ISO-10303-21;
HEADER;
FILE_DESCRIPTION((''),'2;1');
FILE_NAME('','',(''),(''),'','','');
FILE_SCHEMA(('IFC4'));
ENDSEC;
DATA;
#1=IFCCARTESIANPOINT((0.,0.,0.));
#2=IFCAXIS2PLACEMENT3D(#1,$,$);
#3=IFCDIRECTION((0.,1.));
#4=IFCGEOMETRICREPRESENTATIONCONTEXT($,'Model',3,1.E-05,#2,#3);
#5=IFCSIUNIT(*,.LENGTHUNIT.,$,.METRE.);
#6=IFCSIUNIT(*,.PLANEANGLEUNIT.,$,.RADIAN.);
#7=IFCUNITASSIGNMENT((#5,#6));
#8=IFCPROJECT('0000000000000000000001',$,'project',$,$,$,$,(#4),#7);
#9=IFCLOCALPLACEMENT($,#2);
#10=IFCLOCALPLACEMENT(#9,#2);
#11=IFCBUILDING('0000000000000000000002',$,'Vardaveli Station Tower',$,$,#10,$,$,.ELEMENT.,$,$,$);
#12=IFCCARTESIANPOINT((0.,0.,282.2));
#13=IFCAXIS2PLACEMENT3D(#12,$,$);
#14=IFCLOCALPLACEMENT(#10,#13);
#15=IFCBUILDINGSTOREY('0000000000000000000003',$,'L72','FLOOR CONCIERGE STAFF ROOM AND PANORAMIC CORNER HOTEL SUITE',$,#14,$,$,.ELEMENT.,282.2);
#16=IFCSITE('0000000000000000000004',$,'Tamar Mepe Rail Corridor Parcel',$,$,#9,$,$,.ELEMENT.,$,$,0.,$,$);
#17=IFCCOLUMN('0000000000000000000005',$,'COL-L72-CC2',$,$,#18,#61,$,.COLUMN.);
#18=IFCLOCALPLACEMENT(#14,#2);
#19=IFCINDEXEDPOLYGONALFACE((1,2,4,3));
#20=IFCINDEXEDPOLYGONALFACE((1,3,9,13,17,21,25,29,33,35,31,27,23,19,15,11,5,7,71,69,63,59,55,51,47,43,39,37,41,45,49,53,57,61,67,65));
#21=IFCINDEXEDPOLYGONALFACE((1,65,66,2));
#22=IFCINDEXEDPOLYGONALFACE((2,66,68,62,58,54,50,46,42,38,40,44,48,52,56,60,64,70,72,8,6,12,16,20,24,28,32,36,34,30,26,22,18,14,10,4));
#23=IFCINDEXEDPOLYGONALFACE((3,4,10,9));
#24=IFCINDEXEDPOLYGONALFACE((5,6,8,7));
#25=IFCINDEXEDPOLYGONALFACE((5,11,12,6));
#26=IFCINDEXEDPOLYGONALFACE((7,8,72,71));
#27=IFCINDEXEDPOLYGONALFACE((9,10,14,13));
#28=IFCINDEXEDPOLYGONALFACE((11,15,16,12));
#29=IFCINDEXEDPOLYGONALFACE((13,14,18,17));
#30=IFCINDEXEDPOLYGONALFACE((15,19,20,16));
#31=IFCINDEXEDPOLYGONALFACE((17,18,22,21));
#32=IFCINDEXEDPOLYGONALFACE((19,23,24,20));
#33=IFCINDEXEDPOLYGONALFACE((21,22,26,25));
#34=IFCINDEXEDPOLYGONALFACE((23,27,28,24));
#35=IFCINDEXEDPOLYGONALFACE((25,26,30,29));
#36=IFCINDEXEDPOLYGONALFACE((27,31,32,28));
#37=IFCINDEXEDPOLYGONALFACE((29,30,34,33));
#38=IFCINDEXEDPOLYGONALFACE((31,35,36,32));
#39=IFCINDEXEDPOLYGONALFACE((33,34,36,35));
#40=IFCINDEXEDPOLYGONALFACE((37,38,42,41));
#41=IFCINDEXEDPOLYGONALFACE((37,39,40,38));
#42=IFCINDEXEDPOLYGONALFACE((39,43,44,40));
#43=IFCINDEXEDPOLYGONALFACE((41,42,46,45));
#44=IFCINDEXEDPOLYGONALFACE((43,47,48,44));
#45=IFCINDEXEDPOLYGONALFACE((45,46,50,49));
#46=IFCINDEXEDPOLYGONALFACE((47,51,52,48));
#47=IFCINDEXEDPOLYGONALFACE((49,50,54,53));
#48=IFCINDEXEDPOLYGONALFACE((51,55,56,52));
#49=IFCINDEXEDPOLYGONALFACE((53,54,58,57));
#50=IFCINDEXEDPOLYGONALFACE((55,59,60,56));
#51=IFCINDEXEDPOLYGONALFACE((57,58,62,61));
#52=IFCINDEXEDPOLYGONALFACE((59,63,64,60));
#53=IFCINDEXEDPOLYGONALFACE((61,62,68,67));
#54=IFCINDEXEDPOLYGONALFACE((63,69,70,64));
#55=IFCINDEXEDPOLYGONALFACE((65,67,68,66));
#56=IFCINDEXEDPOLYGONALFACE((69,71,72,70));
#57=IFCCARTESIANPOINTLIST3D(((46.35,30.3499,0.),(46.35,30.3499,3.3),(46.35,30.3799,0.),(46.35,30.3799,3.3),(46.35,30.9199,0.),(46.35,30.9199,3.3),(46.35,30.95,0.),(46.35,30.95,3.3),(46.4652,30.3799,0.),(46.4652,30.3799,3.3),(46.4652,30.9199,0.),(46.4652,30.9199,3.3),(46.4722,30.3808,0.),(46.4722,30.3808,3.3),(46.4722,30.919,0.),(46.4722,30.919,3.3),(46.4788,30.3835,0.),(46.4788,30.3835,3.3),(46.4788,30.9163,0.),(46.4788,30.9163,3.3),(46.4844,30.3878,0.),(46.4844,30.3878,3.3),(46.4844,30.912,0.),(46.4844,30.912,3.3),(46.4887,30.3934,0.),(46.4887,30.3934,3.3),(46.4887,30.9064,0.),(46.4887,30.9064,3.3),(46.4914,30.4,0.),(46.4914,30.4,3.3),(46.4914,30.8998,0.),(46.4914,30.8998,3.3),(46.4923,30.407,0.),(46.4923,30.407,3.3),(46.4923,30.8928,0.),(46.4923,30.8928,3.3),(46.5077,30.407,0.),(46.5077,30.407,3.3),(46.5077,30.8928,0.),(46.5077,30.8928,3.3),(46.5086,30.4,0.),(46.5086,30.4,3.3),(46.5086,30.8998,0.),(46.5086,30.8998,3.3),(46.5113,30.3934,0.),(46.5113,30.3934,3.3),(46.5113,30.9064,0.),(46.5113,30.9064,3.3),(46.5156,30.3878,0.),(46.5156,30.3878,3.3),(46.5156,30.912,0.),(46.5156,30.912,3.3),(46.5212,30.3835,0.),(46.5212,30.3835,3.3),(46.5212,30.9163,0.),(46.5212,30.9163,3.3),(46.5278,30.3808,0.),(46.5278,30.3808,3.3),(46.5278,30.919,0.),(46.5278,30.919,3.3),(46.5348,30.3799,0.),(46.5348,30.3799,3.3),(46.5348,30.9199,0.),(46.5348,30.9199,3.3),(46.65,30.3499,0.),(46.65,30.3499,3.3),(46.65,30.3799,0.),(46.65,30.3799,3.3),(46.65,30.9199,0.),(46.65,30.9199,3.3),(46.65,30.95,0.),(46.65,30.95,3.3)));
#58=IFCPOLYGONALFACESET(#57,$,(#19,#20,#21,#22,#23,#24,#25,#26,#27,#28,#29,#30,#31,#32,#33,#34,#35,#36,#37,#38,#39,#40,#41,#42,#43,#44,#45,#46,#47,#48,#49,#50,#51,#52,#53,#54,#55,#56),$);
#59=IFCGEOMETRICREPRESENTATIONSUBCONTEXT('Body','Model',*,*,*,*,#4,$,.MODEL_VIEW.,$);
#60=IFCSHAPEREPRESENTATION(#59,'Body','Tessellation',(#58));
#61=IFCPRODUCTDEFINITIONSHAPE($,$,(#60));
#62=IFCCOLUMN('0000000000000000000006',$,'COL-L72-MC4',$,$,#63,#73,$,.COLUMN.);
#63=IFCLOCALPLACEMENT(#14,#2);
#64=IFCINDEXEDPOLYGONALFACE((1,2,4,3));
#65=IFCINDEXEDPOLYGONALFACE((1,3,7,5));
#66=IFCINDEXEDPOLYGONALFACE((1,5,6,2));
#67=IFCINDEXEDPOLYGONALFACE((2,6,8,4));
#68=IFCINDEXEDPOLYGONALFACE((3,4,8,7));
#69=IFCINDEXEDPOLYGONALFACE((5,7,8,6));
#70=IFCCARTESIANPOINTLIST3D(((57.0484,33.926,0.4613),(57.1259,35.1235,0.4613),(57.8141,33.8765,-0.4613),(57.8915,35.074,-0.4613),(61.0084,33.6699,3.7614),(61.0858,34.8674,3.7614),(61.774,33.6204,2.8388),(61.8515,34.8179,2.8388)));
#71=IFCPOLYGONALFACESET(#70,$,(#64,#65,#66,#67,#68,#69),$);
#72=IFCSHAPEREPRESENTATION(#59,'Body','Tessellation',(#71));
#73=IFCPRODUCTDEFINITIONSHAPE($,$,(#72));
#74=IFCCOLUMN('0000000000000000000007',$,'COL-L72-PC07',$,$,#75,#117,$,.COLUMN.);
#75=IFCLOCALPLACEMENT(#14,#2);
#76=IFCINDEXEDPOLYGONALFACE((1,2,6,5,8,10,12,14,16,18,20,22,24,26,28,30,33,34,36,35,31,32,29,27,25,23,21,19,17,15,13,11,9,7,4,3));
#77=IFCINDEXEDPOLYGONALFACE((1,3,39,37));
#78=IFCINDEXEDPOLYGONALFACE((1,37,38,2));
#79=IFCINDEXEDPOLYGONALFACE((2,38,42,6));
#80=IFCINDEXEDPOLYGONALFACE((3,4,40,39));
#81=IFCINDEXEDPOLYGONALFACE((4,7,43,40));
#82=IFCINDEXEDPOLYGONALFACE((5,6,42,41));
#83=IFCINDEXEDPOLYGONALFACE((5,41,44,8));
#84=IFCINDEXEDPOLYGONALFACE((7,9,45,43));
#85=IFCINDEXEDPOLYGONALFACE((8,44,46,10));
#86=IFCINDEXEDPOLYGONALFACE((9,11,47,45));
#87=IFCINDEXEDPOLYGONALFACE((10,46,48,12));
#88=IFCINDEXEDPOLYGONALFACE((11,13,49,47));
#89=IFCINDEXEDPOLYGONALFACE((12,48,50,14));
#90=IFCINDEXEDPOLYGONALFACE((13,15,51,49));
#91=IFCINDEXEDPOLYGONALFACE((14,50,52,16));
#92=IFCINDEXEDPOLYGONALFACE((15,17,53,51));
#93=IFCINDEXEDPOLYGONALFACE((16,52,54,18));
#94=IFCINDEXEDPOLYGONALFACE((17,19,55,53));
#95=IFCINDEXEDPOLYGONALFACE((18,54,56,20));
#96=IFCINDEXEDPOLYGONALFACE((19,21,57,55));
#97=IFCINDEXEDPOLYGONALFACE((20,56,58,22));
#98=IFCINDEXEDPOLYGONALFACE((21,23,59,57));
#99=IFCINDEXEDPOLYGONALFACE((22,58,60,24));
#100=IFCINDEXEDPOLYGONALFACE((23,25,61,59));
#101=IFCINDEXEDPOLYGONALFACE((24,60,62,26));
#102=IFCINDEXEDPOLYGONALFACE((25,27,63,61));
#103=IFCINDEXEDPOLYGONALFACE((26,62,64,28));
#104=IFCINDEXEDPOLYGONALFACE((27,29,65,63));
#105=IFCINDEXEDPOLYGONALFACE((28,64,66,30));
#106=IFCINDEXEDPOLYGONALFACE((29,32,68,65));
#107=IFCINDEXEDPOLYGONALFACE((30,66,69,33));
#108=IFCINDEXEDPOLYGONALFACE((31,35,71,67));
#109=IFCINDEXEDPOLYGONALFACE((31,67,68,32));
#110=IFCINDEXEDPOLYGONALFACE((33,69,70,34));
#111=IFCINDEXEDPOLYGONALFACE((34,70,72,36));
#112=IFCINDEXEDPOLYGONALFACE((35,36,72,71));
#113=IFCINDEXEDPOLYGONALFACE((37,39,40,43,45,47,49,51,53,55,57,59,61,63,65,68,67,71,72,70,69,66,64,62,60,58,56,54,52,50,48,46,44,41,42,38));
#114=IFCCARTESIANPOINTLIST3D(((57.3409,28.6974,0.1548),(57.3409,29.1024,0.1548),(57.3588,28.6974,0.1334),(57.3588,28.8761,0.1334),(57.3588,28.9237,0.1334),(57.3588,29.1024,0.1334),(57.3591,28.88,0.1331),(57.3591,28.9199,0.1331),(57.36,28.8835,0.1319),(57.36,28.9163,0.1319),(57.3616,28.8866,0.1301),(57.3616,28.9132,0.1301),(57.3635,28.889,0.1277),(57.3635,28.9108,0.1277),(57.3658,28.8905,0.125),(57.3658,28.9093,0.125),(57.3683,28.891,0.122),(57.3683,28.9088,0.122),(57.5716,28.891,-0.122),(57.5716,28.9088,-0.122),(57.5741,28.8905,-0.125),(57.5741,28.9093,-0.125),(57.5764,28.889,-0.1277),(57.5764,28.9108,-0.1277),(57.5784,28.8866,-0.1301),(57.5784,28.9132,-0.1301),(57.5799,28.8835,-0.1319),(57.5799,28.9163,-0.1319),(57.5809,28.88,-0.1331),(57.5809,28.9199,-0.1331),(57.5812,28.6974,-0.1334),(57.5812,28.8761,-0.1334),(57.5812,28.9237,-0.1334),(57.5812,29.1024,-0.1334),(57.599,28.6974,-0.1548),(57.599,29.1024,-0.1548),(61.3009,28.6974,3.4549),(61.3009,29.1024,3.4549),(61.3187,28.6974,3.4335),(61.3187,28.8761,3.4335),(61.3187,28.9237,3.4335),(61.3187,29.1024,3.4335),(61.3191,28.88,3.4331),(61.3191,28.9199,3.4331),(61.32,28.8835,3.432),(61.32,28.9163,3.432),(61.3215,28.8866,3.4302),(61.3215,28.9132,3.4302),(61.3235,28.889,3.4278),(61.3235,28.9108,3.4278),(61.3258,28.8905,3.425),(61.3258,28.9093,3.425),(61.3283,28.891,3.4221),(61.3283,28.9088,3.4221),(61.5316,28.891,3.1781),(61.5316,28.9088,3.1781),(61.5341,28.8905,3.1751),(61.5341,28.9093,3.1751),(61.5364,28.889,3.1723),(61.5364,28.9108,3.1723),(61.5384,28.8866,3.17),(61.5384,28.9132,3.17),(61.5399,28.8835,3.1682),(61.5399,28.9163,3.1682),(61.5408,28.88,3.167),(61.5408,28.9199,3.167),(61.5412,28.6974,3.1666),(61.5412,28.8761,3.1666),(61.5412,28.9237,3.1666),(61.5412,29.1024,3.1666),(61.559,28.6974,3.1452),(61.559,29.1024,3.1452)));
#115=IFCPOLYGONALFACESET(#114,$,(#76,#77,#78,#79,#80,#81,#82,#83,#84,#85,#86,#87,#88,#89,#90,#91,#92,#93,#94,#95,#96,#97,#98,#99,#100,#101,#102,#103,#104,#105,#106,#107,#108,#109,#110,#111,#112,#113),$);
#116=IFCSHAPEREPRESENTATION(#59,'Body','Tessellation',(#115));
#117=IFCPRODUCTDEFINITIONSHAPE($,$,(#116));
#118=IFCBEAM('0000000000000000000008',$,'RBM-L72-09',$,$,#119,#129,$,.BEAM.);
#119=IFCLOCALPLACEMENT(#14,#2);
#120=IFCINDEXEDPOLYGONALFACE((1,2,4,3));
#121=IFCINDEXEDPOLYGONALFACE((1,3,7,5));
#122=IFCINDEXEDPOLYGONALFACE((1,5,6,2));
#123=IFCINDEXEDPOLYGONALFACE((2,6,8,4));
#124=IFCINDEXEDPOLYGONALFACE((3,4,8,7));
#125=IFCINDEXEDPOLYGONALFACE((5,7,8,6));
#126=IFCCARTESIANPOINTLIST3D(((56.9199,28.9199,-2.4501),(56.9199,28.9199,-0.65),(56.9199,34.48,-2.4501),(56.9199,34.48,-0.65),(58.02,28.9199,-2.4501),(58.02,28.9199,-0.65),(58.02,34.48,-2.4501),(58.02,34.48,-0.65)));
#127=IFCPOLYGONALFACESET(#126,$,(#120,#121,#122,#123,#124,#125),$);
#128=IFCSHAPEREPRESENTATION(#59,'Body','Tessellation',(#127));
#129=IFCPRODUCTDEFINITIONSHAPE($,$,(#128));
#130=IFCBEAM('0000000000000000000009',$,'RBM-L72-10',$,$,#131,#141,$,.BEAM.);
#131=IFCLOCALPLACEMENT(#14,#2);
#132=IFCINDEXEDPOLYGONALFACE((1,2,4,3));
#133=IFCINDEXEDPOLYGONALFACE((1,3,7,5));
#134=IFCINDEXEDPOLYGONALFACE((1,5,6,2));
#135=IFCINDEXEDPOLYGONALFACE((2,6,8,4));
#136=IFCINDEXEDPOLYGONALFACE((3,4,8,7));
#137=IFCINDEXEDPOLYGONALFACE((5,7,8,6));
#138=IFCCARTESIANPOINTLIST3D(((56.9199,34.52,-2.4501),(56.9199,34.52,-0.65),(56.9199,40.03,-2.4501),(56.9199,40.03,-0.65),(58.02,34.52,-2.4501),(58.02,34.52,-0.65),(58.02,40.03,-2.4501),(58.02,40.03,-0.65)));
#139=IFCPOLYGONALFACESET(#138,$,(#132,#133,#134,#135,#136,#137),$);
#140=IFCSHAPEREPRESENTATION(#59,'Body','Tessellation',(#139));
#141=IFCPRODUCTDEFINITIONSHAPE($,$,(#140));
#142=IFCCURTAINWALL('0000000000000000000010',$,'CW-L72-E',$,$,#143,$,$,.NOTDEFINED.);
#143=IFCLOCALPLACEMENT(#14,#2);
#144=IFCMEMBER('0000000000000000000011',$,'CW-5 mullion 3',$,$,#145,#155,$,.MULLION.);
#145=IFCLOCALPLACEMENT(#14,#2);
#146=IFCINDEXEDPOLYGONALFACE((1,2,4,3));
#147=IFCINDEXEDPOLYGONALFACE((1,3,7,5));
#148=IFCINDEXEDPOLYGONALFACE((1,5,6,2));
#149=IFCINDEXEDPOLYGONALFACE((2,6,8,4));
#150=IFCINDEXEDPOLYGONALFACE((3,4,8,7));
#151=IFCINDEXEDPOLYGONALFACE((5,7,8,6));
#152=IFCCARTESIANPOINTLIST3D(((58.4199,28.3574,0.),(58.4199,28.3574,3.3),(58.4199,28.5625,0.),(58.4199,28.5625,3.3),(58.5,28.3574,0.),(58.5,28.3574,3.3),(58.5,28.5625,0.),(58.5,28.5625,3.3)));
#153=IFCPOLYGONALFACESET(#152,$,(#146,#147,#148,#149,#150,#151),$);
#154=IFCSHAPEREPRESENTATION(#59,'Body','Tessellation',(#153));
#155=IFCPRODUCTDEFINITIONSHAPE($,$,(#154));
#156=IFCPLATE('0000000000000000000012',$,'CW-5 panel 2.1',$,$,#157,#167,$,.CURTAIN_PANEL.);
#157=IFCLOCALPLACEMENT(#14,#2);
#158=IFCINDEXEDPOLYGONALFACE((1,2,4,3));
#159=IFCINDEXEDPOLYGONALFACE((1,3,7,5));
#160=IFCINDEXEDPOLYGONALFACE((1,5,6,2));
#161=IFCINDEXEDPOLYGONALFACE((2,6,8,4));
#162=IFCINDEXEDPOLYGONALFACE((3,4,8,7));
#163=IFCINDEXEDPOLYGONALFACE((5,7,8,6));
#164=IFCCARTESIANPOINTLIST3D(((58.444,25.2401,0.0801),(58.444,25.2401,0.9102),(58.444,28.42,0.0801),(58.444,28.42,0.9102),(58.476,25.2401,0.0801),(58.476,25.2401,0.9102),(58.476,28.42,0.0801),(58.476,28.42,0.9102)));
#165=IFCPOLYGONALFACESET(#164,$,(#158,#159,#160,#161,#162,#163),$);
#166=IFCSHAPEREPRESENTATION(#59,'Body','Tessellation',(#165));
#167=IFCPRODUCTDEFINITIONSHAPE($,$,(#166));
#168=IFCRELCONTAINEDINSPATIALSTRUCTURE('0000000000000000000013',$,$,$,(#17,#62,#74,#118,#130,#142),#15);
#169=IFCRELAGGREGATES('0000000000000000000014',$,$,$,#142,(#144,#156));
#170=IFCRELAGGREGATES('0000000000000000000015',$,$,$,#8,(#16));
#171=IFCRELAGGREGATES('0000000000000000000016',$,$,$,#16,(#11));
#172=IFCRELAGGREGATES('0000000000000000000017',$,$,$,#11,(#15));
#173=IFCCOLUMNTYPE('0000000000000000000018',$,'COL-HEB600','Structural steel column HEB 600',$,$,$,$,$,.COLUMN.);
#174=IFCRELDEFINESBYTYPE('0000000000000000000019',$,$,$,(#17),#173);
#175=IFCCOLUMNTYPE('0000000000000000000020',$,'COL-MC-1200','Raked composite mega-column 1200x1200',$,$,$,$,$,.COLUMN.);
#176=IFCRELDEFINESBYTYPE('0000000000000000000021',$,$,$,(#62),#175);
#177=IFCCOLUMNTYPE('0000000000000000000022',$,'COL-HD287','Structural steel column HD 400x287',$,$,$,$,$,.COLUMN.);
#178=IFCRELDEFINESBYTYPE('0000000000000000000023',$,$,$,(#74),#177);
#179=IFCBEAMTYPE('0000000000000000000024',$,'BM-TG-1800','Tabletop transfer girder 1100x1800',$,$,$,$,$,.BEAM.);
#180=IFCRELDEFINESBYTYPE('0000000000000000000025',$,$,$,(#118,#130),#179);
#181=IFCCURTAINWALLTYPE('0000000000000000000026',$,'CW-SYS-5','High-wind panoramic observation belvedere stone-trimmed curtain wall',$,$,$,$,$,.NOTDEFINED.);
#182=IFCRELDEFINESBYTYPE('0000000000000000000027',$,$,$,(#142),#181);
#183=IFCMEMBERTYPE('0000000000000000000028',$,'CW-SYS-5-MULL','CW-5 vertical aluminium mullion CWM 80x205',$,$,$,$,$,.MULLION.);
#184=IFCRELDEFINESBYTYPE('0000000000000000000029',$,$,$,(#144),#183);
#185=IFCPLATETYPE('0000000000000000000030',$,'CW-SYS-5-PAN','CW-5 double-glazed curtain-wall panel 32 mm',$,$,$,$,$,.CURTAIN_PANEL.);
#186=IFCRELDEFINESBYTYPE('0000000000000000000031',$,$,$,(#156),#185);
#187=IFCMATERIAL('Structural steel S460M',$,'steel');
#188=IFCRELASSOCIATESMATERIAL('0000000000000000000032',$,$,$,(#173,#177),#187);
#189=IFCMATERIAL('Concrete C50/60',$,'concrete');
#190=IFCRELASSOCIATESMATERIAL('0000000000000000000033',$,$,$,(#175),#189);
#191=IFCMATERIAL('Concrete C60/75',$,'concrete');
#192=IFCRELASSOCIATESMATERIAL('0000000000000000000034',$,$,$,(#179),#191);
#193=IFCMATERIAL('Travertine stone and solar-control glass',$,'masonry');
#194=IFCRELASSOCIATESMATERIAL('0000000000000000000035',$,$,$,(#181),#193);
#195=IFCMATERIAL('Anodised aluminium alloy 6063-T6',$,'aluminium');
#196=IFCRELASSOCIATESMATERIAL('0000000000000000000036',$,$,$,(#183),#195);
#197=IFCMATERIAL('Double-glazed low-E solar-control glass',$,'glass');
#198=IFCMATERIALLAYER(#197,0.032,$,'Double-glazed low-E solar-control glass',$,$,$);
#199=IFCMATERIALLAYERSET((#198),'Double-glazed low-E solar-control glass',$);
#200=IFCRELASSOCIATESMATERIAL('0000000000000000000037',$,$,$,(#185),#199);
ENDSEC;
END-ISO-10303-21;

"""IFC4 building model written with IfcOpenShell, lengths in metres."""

from ifc_helpers import new_model, si_unit, direction, frame, origin, origin_2d, place, context, subcontext, project, spatial, rectangle, i_section, extrude, source, transform, mapped, material, layer, layer_set, material_profile, profile_set, type_object, element, aggregate, save


model = new_model("IFC4")

# Units and contexts
model_context = context("Model", 3, precision=1e-05, world=origin(), true_north=direction((0.0, 1.0)))
body_context = subcontext(model_context, "Body", "Model", "MODEL_VIEW")
ifc_project = project(units=[si_unit("LENGTHUNIT", "METRE"), si_unit("PLANEANGLEUNIT", "RADIAN")], contexts=[model_context])

# Site, building, storey
site_placement = place(None, origin())
site = spatial("IfcSite", under=ifc_project, at=site_placement, Name="Tamar Mepe Rail Corridor Parcel", CompositionType="ELEMENT", RefElevation=0.0)
building_placement = place(site_placement, origin())
building = spatial("IfcBuilding", under=site, at=building_placement, Name="Vardaveli Station Tower", CompositionType="ELEMENT")
storey_placement = place(building_placement, frame((0.0, 0.0, 282.2)))
storey = spatial("IfcBuildingStorey", under=building, at=storey_placement, Name="L72", Description="FLOOR CONCIERGE STAFF ROOM AND PANORAMIC CORNER HOTEL SUITE", CompositionType="ELEMENT", Elevation=282.2)

# Columns
ifc_material_1 = material(Name="Structural steel S460M", Category="steel")
ifc_material_profile_1 = material_profile(ifc_material_1, i_section(OverallWidth=0.3, OverallDepth=0.6001, WebThickness=0.0154, FlangeThickness=0.03, FilletRadius=0.0271, at=origin_2d()), Name="HEB 600")
ifc_profile_set_1 = profile_set([ifc_material_profile_1], Name="Structural steel S460M")
column_type_1 = type_object("IfcColumnType", Name="COL-HEB600", Description="Structural steel column HEB 600", PredefinedType="COLUMN", material=ifc_profile_set_1)
shared_shape_1 = source(origin(), body_context, "Body", "SweptSolid", [
    extrude(i_section(OverallWidth=0.3, OverallDepth=0.6001, WebThickness=0.0154, FlangeThickness=0.03, FilletRadius=0.0271, at=origin_2d()), origin(), (0.0, 0.0, 1.0), 3.3),
])
column_1_placement = place(storey_placement, frame((46.5, 30.6499, 0.0), z_axis=(0.0, 0.0, 1.0), x_axis=(1.0, 0.0, 0.0)))
element("IfcColumn", 1, at=column_1_placement, inside=storey, type_object=column_type_1, Name="COL-L72-CC2", PredefinedType="COLUMN", context=body_context, shape_type="MappedRepresentation", body=[
    mapped(shared_shape_1, transform((0.0, 0.0, 0.0), scale=1.0)),
])
ifc_material_2 = material(Name="Concrete C50/60", Category="concrete")
ifc_material_profile_2 = material_profile(ifc_material_2, rectangle(XDim=1.2, YDim=1.2, at=origin_2d()), Name="MC 1200x1200")
ifc_profile_set_2 = profile_set([ifc_material_profile_2], Name="Concrete C50/60")
column_type_2 = type_object("IfcColumnType", Name="COL-MC-1200", Description="Raked composite mega-column 1200x1200", PredefinedType="COLUMN", material=ifc_profile_set_2)
shared_shape_2 = source(origin(), body_context, "Body", "SweptSolid", [
    extrude(rectangle(XDim=1.2, YDim=1.2, at=origin_2d()), origin(), (0.0, 0.0, 1.0), 5.1611),
])
column_2_placement = place(storey_placement, frame((57.47, 34.5, 0.0), z_axis=(0.767267, -0.049622, 0.639405), x_axis=(0.064538, 0.997915, 0.0)))
element("IfcColumn", 2, at=column_2_placement, inside=storey, type_object=column_type_2, Name="COL-L72-MC4", PredefinedType="COLUMN", context=body_context, shape_type="MappedRepresentation", body=[
    mapped(shared_shape_2, transform((0.0, 0.0, 0.0), scale=1.0)),
])
ifc_material_profile_3 = material_profile(ifc_material_1, i_section(OverallWidth=0.405, OverallDepth=0.4031, WebThickness=0.0178, FlangeThickness=0.0278, FilletRadius=0.0149, at=origin_2d()), Name="HD 400x287")
ifc_profile_set_3 = profile_set([ifc_material_profile_3], Name="Structural steel S460M")
column_type_3 = type_object("IfcColumnType", Name="COL-HD287", Description="Structural steel column HD 400x287", PredefinedType="COLUMN", material=ifc_profile_set_3)
shared_shape_3 = source(origin(), body_context, "Body", "SweptSolid", [
    extrude(i_section(OverallWidth=0.405, OverallDepth=0.4031, WebThickness=0.0178, FlangeThickness=0.0278, FilletRadius=0.0149, at=origin_2d()), origin(), (0.0, 0.0, 1.0), 5.1548),
])
column_3_placement = place(storey_placement, frame((57.47, 28.8999, 0.0), z_axis=(0.768214, 0.0, 0.640194), x_axis=(0.0, 1.0, 0.0)))
element("IfcColumn", 3, at=column_3_placement, inside=storey, type_object=column_type_3, Name="COL-L72-PC07", PredefinedType="COLUMN", context=body_context, shape_type="MappedRepresentation", body=[
    mapped(shared_shape_3, transform((0.0, 0.0, 0.0), scale=1.0)),
])

# Beams
ifc_material_3 = material(Name="Concrete C60/75", Category="concrete")
ifc_material_profile_4 = material_profile(ifc_material_3, rectangle(XDim=1.1001, YDim=1.8, at=origin_2d()), Name="TG 1100x1800")
ifc_profile_set_4 = profile_set([ifc_material_profile_4], Name="Concrete C60/75")
beam_type = type_object("IfcBeamType", Name="BM-TG-1800", Description="Tabletop transfer girder 1100x1800", PredefinedType="BEAM", material=ifc_profile_set_4)
shared_shape_4 = source(origin(), body_context, "Body", "SweptSolid", [
    extrude(rectangle(XDim=1.1001, YDim=1.8, at=origin_2d()), origin(), (0.0, 0.0, 1.0), 5.5601),
])
beam_1_placement = place(storey_placement, frame((57.47, 28.9199, -1.55), z_axis=(0.0, 1.0, 0.0), x_axis=(-1.0, 0.0, 0.0)))
element("IfcBeam", 4, at=beam_1_placement, inside=storey, type_object=beam_type, Name="RBM-L72-09", PredefinedType="BEAM", context=body_context, shape_type="MappedRepresentation", body=[
    mapped(shared_shape_4, transform((0.0, 0.0, 0.0), scale=1.0)),
])
shared_shape_5 = source(origin(), body_context, "Body", "SweptSolid", [
    extrude(rectangle(XDim=1.1001, YDim=1.8, at=origin_2d()), origin(), (0.0, 0.0, 1.0), 5.51),
])
beam_2_placement = place(storey_placement, frame((57.47, 34.52, -1.55), z_axis=(0.0, 1.0, 0.0), x_axis=(-1.0, 0.0, 0.0)))
element("IfcBeam", 5, at=beam_2_placement, inside=storey, type_object=beam_type, Name="RBM-L72-10", PredefinedType="BEAM", context=body_context, shape_type="MappedRepresentation", body=[
    mapped(shared_shape_5, transform((0.0, 0.0, 0.0), scale=1.0)),
])

# Curtain wall, member, plate
ifc_material_4 = material(Name="Travertine stone and solar-control glass", Category="masonry")
curtain_wall_type = type_object("IfcCurtainWallType", Name="CW-SYS-5", Description="High-wind panoramic observation belvedere stone-trimmed curtain wall", PredefinedType="NOTDEFINED", material=ifc_material_4)
curtain_wall_placement = place(storey_placement, origin())
curtain_wall = element("IfcCurtainWall", 6, at=curtain_wall_placement, inside=storey, type_object=curtain_wall_type, Name="CW-L72-E", PredefinedType="NOTDEFINED")
ifc_material_5 = material(Name="Anodised aluminium alloy 6063-T6", Category="aluminium")
ifc_material_profile_5 = material_profile(ifc_material_5, rectangle(XDim=0.0801, YDim=0.2051, at=origin_2d()), Name="CWM 80x205")
ifc_profile_set_5 = profile_set([ifc_material_profile_5], Name="Anodised aluminium alloy 6063-T6")
member_type = type_object("IfcMemberType", Name="CW-SYS-5-MULL", Description="CW-5 vertical aluminium mullion CWM 80x205", PredefinedType="MULLION", material=ifc_profile_set_5)
shared_shape_6 = source(origin(), body_context, "Body", "SweptSolid", [
    extrude(rectangle(XDim=0.0801, YDim=0.2051, at=origin_2d()), origin(), (0.0, 0.0, 1.0), 3.3),
])
member_placement = place(storey_placement, frame((58.46, 28.46, 0.0), z_axis=(0.0, 0.0, 1.0), x_axis=(-1.0, 0.0, 0.0)))
member = element("IfcMember", 7, at=member_placement, type_object=member_type, Name="CW-5 mullion 3", PredefinedType="MULLION", context=body_context, shape_type="MappedRepresentation", body=[
    mapped(shared_shape_6, transform((0.0, 0.0, 0.0), scale=1.0)),
])
ifc_material_6 = material(Name="Double-glazed low-E solar-control glass", Category="glass")
ifc_layer_1 = layer(ifc_material_6, 0.032, Name="Double-glazed low-E solar-control glass")
ifc_layer_set_1 = layer_set([ifc_layer_1], Name="Double-glazed low-E solar-control glass")
plate_type = type_object("IfcPlateType", Name="CW-SYS-5-PAN", Description="CW-5 double-glazed curtain-wall panel 32 mm", PredefinedType="CURTAIN_PANEL", material=ifc_layer_set_1)
shared_shape_7 = source(origin(), body_context, "Body", "SweptSolid", [
    extrude(rectangle(XDim=3.1799, YDim=0.032, at=origin_2d()), origin(), (0.0, 0.0, 1.0), 0.8301),
])
plate_1_placement = place(storey_placement, frame((58.46, 26.8301, 0.0801), z_axis=(0.0, 0.0, 1.0), x_axis=(0.0, 1.0, 0.0)))
plate_1 = element("IfcPlate", 8, at=plate_1_placement, type_object=plate_type, Name="CW-5 panel 2.1", PredefinedType="CURTAIN_PANEL", context=body_context, shape_type="MappedRepresentation", body=[
    mapped(shared_shape_7, transform((0.0, 0.0, 0.0), scale=1.0)),
])
aggregate(curtain_wall, [member, plate_1])

save(model, "model.ifc")
